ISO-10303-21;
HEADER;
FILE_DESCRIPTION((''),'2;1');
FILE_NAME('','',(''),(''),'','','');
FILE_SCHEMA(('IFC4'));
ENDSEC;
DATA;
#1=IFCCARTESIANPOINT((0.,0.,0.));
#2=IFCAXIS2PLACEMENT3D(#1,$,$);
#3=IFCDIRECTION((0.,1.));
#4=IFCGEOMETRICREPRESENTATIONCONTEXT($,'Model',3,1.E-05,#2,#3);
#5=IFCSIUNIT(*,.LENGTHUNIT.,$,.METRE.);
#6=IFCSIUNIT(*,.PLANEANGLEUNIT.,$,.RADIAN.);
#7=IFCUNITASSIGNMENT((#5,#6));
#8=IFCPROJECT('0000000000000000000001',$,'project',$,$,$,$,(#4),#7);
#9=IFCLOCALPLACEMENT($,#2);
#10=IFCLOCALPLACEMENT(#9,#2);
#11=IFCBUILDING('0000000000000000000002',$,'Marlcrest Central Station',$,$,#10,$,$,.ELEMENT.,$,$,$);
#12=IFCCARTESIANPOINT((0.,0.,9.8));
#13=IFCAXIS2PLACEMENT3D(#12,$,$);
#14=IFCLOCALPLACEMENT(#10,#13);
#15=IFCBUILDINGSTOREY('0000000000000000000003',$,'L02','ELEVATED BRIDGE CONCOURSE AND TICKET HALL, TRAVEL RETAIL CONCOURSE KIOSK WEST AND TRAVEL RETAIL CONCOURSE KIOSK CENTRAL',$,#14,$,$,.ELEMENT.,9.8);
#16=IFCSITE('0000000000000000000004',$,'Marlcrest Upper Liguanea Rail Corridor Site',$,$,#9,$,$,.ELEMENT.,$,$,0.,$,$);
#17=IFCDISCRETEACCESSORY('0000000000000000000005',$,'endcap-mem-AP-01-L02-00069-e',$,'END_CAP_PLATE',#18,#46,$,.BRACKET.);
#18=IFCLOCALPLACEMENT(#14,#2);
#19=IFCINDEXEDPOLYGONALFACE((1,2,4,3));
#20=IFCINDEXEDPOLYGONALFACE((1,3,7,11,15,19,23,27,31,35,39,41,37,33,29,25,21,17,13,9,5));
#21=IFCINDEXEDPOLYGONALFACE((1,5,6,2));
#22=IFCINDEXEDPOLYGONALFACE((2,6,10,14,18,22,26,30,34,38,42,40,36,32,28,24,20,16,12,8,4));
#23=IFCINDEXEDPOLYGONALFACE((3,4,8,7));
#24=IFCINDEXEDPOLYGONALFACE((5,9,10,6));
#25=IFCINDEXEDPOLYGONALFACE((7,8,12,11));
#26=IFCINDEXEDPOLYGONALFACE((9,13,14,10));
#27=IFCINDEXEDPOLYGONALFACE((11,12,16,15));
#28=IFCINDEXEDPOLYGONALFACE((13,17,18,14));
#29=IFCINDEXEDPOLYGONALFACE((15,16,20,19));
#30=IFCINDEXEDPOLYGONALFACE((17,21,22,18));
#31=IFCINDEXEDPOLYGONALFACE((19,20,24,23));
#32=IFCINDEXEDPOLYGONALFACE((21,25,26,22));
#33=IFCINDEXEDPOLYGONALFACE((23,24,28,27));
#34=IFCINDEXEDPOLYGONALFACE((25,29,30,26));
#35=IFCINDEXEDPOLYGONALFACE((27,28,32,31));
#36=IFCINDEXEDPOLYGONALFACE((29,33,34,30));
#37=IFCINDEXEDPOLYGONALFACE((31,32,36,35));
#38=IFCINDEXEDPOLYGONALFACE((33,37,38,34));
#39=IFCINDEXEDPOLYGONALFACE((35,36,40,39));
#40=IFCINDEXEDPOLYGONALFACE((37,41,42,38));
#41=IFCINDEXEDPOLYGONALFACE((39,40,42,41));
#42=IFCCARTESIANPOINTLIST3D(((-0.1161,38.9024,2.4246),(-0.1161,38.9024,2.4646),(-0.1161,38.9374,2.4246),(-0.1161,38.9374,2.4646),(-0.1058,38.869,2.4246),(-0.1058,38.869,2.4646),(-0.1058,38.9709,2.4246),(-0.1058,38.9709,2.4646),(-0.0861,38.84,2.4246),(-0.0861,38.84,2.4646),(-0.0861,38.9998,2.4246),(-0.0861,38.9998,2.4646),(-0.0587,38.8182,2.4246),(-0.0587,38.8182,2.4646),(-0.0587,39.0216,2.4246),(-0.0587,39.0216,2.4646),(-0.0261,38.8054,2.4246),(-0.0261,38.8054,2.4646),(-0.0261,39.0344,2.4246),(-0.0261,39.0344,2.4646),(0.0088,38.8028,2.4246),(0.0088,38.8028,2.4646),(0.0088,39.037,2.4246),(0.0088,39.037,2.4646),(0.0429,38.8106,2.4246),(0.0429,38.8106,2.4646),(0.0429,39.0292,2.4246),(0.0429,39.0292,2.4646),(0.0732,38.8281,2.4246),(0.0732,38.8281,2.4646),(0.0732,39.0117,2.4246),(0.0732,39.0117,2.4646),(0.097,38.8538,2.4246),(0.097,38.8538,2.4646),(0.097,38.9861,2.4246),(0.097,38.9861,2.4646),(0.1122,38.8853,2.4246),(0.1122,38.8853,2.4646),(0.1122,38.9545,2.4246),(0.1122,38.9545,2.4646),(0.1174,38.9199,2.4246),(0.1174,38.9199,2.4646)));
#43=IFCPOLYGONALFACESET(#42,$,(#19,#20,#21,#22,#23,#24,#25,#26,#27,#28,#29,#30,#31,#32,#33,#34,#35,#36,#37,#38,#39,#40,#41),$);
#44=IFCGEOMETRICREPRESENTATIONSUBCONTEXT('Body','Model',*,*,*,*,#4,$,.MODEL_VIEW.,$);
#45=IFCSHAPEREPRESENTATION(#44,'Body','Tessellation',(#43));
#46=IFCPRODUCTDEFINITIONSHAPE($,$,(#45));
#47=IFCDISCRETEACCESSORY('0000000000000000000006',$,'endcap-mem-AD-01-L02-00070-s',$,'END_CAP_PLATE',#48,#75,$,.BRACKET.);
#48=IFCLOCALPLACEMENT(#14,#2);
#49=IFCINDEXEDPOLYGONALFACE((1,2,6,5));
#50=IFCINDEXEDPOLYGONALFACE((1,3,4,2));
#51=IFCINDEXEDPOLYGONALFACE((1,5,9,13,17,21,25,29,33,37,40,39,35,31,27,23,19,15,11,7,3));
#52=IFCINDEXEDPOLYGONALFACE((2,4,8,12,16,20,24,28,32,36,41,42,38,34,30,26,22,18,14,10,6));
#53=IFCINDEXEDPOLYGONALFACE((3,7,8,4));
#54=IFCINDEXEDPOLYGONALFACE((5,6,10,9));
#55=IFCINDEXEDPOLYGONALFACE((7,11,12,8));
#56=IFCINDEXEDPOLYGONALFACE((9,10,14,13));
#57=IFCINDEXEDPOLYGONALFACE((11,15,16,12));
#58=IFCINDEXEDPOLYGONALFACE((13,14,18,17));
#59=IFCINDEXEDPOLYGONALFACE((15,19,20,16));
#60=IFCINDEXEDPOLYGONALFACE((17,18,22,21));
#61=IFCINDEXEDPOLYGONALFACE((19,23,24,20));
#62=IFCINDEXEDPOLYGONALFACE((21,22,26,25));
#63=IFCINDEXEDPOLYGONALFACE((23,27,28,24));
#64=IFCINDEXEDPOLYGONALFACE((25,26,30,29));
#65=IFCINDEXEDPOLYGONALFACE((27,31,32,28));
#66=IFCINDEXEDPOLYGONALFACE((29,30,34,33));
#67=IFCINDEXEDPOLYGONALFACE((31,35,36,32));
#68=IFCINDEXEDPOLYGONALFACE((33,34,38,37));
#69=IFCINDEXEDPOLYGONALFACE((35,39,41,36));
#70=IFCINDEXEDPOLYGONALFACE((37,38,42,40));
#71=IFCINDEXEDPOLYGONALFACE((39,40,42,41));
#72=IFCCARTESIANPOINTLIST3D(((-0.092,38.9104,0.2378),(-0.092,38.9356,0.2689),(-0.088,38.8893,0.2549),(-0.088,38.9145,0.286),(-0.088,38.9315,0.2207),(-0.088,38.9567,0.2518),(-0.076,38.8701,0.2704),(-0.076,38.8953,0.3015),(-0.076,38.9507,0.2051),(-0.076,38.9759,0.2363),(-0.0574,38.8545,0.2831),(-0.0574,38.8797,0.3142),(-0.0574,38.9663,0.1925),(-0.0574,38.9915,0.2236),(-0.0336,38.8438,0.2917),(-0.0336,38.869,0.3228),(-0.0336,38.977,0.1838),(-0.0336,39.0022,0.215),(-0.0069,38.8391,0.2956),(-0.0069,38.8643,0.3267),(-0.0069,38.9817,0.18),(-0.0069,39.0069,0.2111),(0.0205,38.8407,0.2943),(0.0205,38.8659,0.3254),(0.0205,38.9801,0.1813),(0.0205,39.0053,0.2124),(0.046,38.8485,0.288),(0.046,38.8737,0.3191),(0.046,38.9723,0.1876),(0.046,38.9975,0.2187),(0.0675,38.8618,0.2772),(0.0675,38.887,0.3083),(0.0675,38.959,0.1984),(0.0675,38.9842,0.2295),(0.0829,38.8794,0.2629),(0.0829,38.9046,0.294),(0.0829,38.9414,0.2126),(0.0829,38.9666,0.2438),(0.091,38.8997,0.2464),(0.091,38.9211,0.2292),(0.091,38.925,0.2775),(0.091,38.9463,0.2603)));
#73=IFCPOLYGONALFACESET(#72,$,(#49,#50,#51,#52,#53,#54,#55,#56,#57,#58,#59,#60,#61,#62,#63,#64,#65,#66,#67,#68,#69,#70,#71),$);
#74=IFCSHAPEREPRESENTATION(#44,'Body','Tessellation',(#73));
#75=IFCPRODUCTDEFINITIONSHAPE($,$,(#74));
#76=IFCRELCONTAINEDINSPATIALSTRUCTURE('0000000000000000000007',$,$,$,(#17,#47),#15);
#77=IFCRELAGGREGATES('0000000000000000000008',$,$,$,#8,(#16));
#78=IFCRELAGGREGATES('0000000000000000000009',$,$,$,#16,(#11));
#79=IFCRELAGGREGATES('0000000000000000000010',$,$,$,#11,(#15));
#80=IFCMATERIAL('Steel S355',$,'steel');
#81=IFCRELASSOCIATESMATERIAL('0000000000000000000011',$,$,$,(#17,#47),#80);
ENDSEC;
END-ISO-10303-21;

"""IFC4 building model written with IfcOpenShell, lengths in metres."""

from ifc_helpers import new_model, si_unit, direction, frame, origin, origin_2d, place, context, subcontext, project, spatial, circle, extrude, material, element, save


model = new_model("IFC4")

# Units and contexts
model_context = context("Model", 3, precision=1e-05, world=origin(), true_north=direction((0.0, 1.0)))
body_context = subcontext(model_context, "Body", "Model", "MODEL_VIEW")
ifc_project = project(units=[si_unit("LENGTHUNIT", "METRE"), si_unit("PLANEANGLEUNIT", "RADIAN")], contexts=[model_context])

# Site, building, storey
site_placement = place(None, origin())
site = spatial("IfcSite", under=ifc_project, at=site_placement, Name="Marlcrest Upper Liguanea Rail Corridor Site", CompositionType="ELEMENT", RefElevation=0.0)
building_placement = place(site_placement, origin())
building = spatial("IfcBuilding", under=site, at=building_placement, Name="Marlcrest Central Station", CompositionType="ELEMENT")
storey_placement = place(building_placement, frame((0.0, 0.0, 9.8)))
storey = spatial("IfcBuildingStorey", under=building, at=storey_placement, Name="L02", Description="ELEVATED BRIDGE CONCOURSE AND TICKET HALL, TRAVEL RETAIL CONCOURSE KIOSK WEST AND TRAVEL RETAIL CONCOURSE KIOSK CENTRAL", CompositionType="ELEMENT", Elevation=9.8)

# Shared definitions
ifc_material_1 = material(Name="Steel S355", Category="steel")

# Discrete accessories
for number, where, z_axis, x_axis, name in (
    (1, (0.0, 38.9199, 2.4246), (0.0, 0.0, 1.0), (1.0, 0.0, 0.0), "endcap-mem-AP-01-L02-00069-e"),
):
    element("IfcDiscreteAccessory", number, at=place(storey_placement, frame(where, z_axis=z_axis, x_axis=x_axis)), inside=storey, material=ifc_material_1, Name=name, ObjectType="END_CAP_PLATE", PredefinedType="BRACKET", context=body_context, shape_type="SweptSolid", body=[
        extrude(circle(Radius=0.1174, at=origin_2d()), origin(), (0.0, 0.0, 1.0), 0.04),
    ])
discrete_accessory_1_placement = place(storey_placement, frame((0.0, 38.9104, 0.2378), z_axis=(0.0, 0.629629, 0.776896), x_axis=(-1.0, 0.0, 0.0)))
element("IfcDiscreteAccessory", 2, at=discrete_accessory_1_placement, inside=storey, material=ifc_material_1, Name="endcap-mem-AD-01-L02-00070-s", ObjectType="END_CAP_PLATE", PredefinedType="BRACKET", context=body_context, shape_type="SweptSolid", body=[
    extrude(circle(Radius=0.092, at=origin_2d()), origin(), (0.0, 0.0, 1.0), 0.04),
])

save(model, "model.ifc")
